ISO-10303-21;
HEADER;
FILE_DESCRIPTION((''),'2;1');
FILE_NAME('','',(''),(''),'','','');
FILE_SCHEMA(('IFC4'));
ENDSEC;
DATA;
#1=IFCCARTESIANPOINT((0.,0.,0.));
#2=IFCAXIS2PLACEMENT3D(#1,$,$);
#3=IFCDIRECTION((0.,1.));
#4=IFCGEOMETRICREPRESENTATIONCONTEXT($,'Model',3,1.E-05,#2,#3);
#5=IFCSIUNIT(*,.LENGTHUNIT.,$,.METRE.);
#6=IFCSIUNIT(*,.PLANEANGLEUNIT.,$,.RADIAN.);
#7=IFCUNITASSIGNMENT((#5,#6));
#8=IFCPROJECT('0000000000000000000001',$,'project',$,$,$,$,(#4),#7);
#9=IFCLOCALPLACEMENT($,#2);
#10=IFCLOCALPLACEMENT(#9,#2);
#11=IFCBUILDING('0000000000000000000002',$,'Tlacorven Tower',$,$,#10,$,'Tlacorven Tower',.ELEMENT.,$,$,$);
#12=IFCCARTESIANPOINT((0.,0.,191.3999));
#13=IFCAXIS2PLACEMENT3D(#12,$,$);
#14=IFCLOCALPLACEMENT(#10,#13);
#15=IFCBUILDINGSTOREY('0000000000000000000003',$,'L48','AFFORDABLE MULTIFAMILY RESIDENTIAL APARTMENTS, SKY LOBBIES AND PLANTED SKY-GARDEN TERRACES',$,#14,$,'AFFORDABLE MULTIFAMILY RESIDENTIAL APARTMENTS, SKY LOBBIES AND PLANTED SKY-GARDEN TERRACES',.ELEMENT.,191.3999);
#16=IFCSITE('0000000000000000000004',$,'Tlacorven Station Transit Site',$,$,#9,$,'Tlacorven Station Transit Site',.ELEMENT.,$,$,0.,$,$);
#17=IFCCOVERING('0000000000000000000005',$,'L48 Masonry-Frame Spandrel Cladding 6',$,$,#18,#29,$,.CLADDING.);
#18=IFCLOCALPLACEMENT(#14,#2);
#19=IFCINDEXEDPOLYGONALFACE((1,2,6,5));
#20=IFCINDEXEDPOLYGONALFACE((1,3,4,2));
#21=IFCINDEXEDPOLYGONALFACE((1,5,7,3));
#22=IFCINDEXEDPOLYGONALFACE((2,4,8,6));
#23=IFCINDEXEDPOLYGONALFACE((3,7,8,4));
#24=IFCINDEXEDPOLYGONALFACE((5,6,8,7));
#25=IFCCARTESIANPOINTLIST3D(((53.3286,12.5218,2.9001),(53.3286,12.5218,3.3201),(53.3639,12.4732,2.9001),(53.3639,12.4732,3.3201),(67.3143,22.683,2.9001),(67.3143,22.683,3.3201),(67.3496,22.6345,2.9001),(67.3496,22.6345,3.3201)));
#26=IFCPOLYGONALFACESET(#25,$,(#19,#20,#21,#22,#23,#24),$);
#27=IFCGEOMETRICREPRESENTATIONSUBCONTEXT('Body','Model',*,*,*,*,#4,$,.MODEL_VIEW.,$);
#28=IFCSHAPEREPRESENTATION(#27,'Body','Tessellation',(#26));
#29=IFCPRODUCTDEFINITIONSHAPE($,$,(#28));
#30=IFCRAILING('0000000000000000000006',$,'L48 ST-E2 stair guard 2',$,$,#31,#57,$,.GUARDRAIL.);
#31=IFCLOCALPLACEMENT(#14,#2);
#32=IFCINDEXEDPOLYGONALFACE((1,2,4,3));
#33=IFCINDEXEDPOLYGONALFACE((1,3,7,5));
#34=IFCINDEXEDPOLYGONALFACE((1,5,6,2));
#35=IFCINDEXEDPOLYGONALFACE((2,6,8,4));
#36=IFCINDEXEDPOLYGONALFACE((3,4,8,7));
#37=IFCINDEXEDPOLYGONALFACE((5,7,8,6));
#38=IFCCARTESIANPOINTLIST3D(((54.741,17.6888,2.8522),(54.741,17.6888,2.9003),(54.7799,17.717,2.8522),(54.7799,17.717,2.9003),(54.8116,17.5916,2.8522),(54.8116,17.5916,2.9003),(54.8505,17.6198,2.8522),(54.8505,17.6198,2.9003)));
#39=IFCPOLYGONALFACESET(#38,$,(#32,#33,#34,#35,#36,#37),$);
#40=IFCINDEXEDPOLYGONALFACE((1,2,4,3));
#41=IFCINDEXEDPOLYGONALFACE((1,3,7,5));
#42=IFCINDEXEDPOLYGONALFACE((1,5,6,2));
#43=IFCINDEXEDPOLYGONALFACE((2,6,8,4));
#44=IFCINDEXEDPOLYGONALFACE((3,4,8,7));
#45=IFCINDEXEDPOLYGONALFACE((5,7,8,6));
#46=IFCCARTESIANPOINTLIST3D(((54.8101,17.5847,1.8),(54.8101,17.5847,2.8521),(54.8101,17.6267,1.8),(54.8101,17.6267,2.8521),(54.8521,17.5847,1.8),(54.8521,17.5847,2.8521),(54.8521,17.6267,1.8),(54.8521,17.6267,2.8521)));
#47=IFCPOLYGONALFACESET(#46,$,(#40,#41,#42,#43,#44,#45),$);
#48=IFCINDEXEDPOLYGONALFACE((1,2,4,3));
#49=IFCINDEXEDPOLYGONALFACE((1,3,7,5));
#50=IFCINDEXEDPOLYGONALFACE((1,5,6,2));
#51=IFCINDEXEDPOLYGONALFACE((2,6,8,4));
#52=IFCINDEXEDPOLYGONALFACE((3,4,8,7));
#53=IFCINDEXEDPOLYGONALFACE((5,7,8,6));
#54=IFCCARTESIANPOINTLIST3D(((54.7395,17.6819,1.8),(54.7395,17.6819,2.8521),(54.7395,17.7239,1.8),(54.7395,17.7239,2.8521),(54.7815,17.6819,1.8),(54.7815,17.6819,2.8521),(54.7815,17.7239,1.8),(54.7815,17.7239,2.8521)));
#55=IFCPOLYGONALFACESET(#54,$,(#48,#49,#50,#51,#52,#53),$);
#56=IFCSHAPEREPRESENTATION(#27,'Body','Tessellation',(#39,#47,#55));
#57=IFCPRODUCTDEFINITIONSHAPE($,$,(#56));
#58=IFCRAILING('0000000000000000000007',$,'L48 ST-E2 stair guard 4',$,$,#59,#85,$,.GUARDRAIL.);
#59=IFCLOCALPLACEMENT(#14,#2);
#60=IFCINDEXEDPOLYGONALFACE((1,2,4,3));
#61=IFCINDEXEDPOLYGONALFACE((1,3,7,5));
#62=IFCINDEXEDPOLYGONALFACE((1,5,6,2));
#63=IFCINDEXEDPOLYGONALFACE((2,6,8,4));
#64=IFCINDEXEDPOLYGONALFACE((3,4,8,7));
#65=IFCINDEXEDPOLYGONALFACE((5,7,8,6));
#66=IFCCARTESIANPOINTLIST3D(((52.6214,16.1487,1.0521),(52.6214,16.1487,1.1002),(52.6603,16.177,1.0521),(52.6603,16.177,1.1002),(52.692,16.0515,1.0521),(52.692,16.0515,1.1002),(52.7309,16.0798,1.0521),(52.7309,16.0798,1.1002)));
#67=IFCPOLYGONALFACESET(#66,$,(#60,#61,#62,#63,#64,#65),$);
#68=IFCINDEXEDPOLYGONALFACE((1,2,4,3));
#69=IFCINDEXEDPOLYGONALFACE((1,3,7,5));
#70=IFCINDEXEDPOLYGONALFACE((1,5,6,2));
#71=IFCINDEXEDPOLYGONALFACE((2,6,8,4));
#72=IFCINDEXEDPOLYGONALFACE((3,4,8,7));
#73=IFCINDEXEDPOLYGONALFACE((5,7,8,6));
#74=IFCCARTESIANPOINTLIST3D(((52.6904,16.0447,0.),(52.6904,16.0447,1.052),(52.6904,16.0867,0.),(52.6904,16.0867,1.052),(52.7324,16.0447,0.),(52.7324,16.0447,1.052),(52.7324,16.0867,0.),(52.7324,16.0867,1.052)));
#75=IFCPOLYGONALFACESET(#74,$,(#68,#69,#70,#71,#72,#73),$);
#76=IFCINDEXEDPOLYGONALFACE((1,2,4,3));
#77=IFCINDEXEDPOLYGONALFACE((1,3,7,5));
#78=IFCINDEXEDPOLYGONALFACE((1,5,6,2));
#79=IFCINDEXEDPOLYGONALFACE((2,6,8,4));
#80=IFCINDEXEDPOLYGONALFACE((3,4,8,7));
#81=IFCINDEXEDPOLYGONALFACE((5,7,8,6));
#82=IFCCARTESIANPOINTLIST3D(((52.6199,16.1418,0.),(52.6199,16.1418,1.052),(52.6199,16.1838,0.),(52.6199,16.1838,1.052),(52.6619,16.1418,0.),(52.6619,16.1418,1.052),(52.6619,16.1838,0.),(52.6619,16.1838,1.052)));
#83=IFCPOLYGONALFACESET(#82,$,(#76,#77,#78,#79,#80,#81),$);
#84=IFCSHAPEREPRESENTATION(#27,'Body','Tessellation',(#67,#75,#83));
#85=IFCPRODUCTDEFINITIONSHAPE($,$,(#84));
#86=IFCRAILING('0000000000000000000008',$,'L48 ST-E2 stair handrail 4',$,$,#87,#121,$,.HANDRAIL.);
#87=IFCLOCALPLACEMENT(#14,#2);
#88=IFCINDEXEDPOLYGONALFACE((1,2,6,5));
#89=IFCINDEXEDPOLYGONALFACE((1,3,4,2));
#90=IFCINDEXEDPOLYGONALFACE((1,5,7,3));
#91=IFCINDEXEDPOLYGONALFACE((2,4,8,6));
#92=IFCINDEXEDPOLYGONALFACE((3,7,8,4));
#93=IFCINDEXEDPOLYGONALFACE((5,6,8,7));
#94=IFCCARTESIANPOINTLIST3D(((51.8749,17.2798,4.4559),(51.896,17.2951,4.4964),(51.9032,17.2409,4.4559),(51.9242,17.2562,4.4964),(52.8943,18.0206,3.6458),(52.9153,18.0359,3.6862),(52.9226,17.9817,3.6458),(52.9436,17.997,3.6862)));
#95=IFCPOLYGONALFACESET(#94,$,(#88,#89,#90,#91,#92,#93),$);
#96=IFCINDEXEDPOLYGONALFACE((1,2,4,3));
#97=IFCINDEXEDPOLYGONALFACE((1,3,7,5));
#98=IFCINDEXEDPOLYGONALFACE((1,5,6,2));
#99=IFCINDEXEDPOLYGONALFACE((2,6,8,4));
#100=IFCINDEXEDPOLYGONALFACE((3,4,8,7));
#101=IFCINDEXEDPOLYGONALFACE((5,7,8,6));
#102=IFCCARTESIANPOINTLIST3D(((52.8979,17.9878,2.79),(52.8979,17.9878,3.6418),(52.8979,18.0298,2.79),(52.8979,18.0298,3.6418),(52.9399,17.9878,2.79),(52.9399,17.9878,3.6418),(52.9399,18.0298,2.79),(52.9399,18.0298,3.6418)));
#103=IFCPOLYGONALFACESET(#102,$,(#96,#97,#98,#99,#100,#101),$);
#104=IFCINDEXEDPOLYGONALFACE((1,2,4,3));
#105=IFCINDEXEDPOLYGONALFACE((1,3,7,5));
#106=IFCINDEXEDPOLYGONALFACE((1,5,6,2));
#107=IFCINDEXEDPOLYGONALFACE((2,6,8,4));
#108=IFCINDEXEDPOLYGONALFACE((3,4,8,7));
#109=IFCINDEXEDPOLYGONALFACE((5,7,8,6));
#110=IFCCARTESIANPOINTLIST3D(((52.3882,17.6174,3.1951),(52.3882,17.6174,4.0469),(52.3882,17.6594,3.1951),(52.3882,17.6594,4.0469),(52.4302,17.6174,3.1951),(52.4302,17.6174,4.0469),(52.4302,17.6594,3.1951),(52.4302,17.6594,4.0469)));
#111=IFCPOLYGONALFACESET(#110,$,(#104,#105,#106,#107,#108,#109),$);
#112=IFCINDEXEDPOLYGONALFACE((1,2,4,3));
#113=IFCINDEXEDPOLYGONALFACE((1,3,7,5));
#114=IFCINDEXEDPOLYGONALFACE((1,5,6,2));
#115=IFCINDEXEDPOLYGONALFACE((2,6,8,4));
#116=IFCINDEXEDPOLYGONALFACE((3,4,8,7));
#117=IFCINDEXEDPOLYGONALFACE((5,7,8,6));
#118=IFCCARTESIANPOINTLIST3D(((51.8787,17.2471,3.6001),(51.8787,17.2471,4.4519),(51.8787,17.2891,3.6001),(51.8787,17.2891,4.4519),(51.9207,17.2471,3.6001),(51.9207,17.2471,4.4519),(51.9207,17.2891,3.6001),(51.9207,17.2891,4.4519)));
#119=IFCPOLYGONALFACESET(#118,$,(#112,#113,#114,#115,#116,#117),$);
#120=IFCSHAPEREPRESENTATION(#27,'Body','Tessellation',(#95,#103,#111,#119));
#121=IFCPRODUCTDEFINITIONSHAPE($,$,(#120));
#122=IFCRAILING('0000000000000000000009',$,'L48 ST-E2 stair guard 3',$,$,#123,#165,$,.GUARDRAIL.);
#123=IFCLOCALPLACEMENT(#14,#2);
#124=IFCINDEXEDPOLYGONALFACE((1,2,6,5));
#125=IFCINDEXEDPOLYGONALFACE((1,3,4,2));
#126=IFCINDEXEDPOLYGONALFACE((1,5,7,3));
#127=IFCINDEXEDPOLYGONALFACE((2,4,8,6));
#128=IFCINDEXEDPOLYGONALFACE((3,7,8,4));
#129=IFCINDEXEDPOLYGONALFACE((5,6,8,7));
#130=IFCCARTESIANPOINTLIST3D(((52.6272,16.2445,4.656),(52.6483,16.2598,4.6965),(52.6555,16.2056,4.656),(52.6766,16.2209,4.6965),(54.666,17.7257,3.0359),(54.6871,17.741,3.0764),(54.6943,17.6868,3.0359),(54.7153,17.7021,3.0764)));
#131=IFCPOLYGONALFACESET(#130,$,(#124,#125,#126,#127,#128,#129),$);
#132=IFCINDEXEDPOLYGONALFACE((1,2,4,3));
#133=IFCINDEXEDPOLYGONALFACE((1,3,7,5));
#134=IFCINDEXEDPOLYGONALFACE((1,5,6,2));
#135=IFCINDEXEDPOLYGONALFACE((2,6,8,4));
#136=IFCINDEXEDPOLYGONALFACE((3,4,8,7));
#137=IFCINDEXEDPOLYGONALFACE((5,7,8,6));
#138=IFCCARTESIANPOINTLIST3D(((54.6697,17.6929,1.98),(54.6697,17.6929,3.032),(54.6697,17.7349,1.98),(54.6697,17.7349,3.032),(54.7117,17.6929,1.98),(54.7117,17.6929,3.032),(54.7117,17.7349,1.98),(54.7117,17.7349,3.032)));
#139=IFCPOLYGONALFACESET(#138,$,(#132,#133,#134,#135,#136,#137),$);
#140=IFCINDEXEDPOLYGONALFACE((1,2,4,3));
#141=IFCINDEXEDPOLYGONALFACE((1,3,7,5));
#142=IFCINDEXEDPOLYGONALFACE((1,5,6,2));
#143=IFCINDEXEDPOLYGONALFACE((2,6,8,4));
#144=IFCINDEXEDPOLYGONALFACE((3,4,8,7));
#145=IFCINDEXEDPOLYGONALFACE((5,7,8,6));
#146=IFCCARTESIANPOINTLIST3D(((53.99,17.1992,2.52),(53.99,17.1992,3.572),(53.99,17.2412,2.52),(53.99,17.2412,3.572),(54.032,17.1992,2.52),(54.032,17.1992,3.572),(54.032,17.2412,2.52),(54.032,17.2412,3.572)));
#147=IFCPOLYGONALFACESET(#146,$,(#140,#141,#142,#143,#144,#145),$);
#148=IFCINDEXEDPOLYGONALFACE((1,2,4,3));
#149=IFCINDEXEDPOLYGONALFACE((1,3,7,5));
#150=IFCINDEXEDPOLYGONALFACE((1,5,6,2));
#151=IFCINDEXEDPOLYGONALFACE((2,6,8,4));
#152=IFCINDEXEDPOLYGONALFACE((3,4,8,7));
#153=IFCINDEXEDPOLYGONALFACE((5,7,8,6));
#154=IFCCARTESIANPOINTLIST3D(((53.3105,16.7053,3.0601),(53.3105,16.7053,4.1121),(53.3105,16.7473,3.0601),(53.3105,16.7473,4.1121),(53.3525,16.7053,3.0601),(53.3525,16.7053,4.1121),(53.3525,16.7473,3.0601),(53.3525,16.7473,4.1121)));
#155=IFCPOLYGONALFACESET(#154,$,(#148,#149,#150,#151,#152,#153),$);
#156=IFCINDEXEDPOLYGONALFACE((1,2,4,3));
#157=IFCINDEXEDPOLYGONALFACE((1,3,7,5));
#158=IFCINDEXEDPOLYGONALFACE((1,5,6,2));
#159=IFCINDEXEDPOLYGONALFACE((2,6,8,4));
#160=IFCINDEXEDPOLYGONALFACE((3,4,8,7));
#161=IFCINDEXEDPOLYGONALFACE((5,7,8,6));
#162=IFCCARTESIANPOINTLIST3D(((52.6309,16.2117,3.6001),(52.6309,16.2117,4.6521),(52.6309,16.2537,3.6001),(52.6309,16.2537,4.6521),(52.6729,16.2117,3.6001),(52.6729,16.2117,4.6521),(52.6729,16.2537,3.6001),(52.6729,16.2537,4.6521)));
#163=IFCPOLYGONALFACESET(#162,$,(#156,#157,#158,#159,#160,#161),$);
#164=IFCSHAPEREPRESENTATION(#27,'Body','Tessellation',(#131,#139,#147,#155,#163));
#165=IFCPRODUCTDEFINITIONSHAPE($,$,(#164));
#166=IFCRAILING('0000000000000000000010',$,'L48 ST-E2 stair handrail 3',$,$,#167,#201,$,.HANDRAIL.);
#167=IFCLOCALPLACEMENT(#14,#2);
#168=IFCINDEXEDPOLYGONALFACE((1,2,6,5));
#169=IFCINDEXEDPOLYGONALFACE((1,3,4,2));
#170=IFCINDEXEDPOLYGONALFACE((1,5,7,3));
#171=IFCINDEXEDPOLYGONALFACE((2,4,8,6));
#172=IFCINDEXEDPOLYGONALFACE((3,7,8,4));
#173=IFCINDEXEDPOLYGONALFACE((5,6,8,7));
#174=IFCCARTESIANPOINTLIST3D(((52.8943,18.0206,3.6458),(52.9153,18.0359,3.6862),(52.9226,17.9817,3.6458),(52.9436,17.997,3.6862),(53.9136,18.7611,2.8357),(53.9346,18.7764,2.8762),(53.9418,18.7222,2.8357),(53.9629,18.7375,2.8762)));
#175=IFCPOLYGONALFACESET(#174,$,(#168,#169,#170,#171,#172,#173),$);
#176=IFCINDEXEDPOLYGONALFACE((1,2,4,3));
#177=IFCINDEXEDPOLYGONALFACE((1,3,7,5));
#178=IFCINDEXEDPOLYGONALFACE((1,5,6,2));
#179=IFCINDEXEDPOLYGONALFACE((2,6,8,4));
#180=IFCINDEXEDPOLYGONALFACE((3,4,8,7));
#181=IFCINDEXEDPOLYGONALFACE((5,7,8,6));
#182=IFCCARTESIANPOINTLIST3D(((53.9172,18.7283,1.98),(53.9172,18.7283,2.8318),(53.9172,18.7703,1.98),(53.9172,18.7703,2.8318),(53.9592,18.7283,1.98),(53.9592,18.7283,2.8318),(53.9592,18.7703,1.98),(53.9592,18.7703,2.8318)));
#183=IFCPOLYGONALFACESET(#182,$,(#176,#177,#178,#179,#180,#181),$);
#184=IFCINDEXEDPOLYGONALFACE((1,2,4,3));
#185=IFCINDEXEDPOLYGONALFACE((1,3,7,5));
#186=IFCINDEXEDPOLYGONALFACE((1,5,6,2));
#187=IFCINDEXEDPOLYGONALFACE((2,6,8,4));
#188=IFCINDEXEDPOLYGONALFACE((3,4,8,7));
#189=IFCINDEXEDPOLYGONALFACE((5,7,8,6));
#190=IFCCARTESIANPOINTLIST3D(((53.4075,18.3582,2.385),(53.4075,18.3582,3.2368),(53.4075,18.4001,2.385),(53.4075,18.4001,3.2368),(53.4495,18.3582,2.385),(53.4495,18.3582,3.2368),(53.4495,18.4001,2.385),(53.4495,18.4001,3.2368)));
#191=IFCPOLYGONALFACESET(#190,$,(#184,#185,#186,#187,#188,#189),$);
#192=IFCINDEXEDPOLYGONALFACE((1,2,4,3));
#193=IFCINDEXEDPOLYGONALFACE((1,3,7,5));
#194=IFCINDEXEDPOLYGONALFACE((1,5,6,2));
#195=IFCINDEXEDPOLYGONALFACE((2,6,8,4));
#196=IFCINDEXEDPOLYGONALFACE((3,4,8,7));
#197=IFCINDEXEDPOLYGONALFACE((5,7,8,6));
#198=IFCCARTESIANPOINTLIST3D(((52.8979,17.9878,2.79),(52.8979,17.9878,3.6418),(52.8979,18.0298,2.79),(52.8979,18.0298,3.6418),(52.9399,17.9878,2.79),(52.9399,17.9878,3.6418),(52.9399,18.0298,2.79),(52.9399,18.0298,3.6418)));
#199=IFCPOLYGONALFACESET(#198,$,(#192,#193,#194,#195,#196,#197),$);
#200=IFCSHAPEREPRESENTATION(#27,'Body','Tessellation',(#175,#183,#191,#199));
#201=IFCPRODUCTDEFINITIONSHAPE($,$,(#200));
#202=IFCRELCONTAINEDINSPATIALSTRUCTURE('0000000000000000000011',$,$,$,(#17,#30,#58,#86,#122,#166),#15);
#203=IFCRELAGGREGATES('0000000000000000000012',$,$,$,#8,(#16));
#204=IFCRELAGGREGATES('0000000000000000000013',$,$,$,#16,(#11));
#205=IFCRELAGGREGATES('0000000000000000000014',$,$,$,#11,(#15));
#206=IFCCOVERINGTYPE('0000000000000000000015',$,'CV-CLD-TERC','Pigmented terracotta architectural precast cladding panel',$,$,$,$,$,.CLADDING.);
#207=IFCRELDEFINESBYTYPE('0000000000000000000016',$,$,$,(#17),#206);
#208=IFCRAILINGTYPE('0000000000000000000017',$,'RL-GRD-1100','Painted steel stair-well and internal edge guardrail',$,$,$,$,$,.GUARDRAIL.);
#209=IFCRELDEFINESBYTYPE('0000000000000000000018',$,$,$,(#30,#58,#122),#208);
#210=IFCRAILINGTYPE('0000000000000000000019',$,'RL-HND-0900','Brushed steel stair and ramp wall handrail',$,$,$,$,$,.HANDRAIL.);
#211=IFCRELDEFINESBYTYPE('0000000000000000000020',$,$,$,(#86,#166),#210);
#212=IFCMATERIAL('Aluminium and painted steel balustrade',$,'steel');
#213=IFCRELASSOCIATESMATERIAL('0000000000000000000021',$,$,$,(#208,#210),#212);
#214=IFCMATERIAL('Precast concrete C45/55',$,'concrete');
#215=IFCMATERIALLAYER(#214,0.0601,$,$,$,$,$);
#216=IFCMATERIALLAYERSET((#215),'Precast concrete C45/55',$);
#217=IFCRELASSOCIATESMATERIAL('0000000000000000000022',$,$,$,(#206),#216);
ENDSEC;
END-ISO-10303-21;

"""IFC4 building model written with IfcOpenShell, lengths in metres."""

from ifc_helpers import new_model, si_unit, direction, frame, origin, origin_2d, place, context, subcontext, project, spatial, rectangle, extrude, source, transform, mapped, material, layer, layer_set, type_object, element, save


model = new_model("IFC4")

# Units and contexts
model_context = context("Model", 3, precision=1e-05, world=origin(), true_north=direction((0.0, 1.0)))
body_context = subcontext(model_context, "Body", "Model", "MODEL_VIEW")
ifc_project = project(units=[si_unit("LENGTHUNIT", "METRE"), si_unit("PLANEANGLEUNIT", "RADIAN")], contexts=[model_context])

# Site, building, storey
site_placement = place(None, origin())
site = spatial("IfcSite", under=ifc_project, at=site_placement, Name="Tlacorven Station Transit Site", LongName="Tlacorven Station Transit Site", CompositionType="ELEMENT", RefElevation=0.0)
building_placement = place(site_placement, origin())
building = spatial("IfcBuilding", under=site, at=building_placement, Name="Tlacorven Tower", LongName="Tlacorven Tower", CompositionType="ELEMENT")
storey_placement = place(building_placement, frame((0.0, 0.0, 191.3999)))
storey = spatial("IfcBuildingStorey", under=building, at=storey_placement, Name="L48", Description="AFFORDABLE MULTIFAMILY RESIDENTIAL APARTMENTS, SKY LOBBIES AND PLANTED SKY-GARDEN TERRACES", LongName="AFFORDABLE MULTIFAMILY RESIDENTIAL APARTMENTS, SKY LOBBIES AND PLANTED SKY-GARDEN TERRACES", CompositionType="ELEMENT", Elevation=191.3999)

# Shared definitions
ifc_material_1 = material(Name="Aluminium and painted steel balustrade", Category="steel")
railing_type_1 = type_object("IfcRailingType", Name="RL-GRD-1100", Description="Painted steel stair-well and internal edge guardrail", PredefinedType="GUARDRAIL", material=ifc_material_1)

# Covering
ifc_material_2 = material(Name="Precast concrete C45/55", Category="concrete")
ifc_layer_1 = layer(ifc_material_2, 0.0601)
ifc_layer_set_1 = layer_set([ifc_layer_1], Name="Precast concrete C45/55")
covering_type = type_object("IfcCoveringType", Name="CV-CLD-TERC", Description="Pigmented terracotta architectural precast cladding panel", PredefinedType="CLADDING", material=ifc_layer_set_1)
shared_shape_1 = source(origin(), body_context, "Body", "SweptSolid", [
    extrude(rectangle(XDim=17.2874, YDim=0.0601, at=origin_2d()), origin(), (0.0, 0.0, 1.0), 0.4199),
])
covering_placement = place(storey_placement, frame((60.3391, 17.5781, 2.9001), z_axis=(0.0, 0.0, 1.0), x_axis=(-0.809017, -0.587785, 0.0)))
element("IfcCovering", 1, at=covering_placement, inside=storey, type_object=covering_type, Name="L48 Masonry-Frame Spandrel Cladding 6", PredefinedType="CLADDING", context=body_context, shape_type="MappedRepresentation", body=[
    mapped(shared_shape_1, transform((0.0, 0.0, 0.0), scale=1.0)),
])

# Railings
shared_shape_2 = source(origin(), body_context, "Body", "SweptSolid", [
    extrude(rectangle(XDim=0.0481, YDim=0.0481, at=origin_2d()), frame((0.0, 0.0, 1.0762), z_axis=(-0.587567, 0.809175, 0.0), x_axis=(-0.809175, -0.587567, 0.0)), (0.0, 0.0, 1.0), 0.1201),
    extrude(rectangle(XDim=0.042, YDim=0.042, at=origin_2d()), origin(), (0.0, 0.0, 1.0), 1.052),
    extrude(rectangle(XDim=0.042, YDim=0.042, at=origin_2d()), frame((-0.0706, 0.0972, 0.0)), (0.0, 0.0, 1.0), 1.052),
])
for number, where, name in (
    (2, (54.8311, 17.6057, 1.8), "L48 ST-E2 stair guard 2"),
    (3, (52.7114, 16.0657, 0.0), "L48 ST-E2 stair guard 4"),
):
    element("IfcRailing", number, at=place(storey_placement, frame(where)), inside=storey, type_object=railing_type_1, Name=name, PredefinedType="GUARDRAIL", context=body_context, shape_type="MappedRepresentation", body=[
        mapped(shared_shape_2, transform((0.0, 0.0, 0.0), scale=1.0)),
    ])
railing_type_2 = type_object("IfcRailingType", Name="RL-HND-0900", Description="Brushed steel stair and ramp wall handrail", PredefinedType="HANDRAIL", material=ifc_material_1)
shared_shape_3 = source(origin(), body_context, "Body", "SweptSolid", [
    extrude(rectangle(XDim=0.0481, YDim=0.0481, at=origin_2d()), frame((0.0, 0.0, 0.876), z_axis=(-0.680461, -0.494496, 0.540783), x_axis=(0.587872, -0.808954, 0.0)), (0.0, 0.0, 1.0), 1.498),
    extrude(rectangle(XDim=0.042, YDim=0.042, at=origin_2d()), origin(), (0.0, 0.0, 1.0), 0.8518),
    extrude(rectangle(XDim=0.042, YDim=0.042, at=origin_2d()), frame((-0.5098, -0.3704, 0.405)), (0.0, 0.0, 1.0), 0.8518),
    extrude(rectangle(XDim=0.042, YDim=0.042, at=origin_2d()), frame((-1.0193, -0.7407, 0.8101)), (0.0, 0.0, 1.0), 0.8518),
])
railing_1_placement = place(storey_placement, frame((52.9189, 18.0088, 2.79)))
element("IfcRailing", 4, at=railing_1_placement, inside=storey, type_object=railing_type_2, Name="L48 ST-E2 stair handrail 4", PredefinedType="HANDRAIL", context=body_context, shape_type="MappedRepresentation", body=[
    mapped(shared_shape_3, transform((0.0, 0.0, 0.0), scale=1.0)),
])
shared_shape_4 = source(origin(), body_context, "Body", "SweptSolid", [
    extrude(rectangle(XDim=0.0481, YDim=0.0481, at=origin_2d()), frame((0.0, 0.0, 1.0762), z_axis=(-0.680532, -0.494407, 0.540775), x_axis=(0.587763, -0.809033, 0.0)), (0.0, 0.0, 1.0), 2.9958),
    extrude(rectangle(XDim=0.042, YDim=0.042, at=origin_2d()), origin(), (0.0, 0.0, 1.0), 1.052),
    extrude(rectangle(XDim=0.042, YDim=0.042, at=origin_2d()), frame((-0.6797, -0.4937, 0.54)), (0.0, 0.0, 1.0), 1.052),
    extrude(rectangle(XDim=0.042, YDim=0.042, at=origin_2d()), frame((-1.3591, -0.9875, 1.0801)), (0.0, 0.0, 1.0), 1.052),
    extrude(rectangle(XDim=0.042, YDim=0.042, at=origin_2d()), frame((-2.0388, -1.4812, 1.6201)), (0.0, 0.0, 1.0), 1.052),
])
railing_2_placement = place(storey_placement, frame((54.6907, 17.7139, 1.98)))
element("IfcRailing", 5, at=railing_2_placement, inside=storey, type_object=railing_type_1, Name="L48 ST-E2 stair guard 3", PredefinedType="GUARDRAIL", context=body_context, shape_type="MappedRepresentation", body=[
    mapped(shared_shape_4, transform((0.0, 0.0, 0.0), scale=1.0)),
])
shared_shape_5 = source(origin(), body_context, "Body", "SweptSolid", [
    extrude(rectangle(XDim=0.0481, YDim=0.0481, at=origin_2d()), frame((0.0, 0.0, 0.876), z_axis=(-0.680516, -0.494373, 0.540827), x_axis=(0.587745, -0.809046, 0.0)), (0.0, 0.0, 1.0), 1.4978),
    extrude(rectangle(XDim=0.042, YDim=0.042, at=origin_2d()), origin(), (0.0, 0.0, 1.0), 0.8518),
    extrude(rectangle(XDim=0.042, YDim=0.042, at=origin_2d()), frame((-0.5098, -0.3701, 0.405)), (0.0, 0.0, 1.0), 0.8518),
    extrude(rectangle(XDim=0.042, YDim=0.042, at=origin_2d()), frame((-1.0193, -0.7405, 0.8101)), (0.0, 0.0, 1.0), 0.8518),
])
railing_3_placement = place(storey_placement, frame((53.9382, 18.7493, 1.98)))
element("IfcRailing", 6, at=railing_3_placement, inside=storey, type_object=railing_type_2, Name="L48 ST-E2 stair handrail 3", PredefinedType="HANDRAIL", context=body_context, shape_type="MappedRepresentation", body=[
    mapped(shared_shape_5, transform((0.0, 0.0, 0.0), scale=1.0)),
])

save(model, "model.ifc")
